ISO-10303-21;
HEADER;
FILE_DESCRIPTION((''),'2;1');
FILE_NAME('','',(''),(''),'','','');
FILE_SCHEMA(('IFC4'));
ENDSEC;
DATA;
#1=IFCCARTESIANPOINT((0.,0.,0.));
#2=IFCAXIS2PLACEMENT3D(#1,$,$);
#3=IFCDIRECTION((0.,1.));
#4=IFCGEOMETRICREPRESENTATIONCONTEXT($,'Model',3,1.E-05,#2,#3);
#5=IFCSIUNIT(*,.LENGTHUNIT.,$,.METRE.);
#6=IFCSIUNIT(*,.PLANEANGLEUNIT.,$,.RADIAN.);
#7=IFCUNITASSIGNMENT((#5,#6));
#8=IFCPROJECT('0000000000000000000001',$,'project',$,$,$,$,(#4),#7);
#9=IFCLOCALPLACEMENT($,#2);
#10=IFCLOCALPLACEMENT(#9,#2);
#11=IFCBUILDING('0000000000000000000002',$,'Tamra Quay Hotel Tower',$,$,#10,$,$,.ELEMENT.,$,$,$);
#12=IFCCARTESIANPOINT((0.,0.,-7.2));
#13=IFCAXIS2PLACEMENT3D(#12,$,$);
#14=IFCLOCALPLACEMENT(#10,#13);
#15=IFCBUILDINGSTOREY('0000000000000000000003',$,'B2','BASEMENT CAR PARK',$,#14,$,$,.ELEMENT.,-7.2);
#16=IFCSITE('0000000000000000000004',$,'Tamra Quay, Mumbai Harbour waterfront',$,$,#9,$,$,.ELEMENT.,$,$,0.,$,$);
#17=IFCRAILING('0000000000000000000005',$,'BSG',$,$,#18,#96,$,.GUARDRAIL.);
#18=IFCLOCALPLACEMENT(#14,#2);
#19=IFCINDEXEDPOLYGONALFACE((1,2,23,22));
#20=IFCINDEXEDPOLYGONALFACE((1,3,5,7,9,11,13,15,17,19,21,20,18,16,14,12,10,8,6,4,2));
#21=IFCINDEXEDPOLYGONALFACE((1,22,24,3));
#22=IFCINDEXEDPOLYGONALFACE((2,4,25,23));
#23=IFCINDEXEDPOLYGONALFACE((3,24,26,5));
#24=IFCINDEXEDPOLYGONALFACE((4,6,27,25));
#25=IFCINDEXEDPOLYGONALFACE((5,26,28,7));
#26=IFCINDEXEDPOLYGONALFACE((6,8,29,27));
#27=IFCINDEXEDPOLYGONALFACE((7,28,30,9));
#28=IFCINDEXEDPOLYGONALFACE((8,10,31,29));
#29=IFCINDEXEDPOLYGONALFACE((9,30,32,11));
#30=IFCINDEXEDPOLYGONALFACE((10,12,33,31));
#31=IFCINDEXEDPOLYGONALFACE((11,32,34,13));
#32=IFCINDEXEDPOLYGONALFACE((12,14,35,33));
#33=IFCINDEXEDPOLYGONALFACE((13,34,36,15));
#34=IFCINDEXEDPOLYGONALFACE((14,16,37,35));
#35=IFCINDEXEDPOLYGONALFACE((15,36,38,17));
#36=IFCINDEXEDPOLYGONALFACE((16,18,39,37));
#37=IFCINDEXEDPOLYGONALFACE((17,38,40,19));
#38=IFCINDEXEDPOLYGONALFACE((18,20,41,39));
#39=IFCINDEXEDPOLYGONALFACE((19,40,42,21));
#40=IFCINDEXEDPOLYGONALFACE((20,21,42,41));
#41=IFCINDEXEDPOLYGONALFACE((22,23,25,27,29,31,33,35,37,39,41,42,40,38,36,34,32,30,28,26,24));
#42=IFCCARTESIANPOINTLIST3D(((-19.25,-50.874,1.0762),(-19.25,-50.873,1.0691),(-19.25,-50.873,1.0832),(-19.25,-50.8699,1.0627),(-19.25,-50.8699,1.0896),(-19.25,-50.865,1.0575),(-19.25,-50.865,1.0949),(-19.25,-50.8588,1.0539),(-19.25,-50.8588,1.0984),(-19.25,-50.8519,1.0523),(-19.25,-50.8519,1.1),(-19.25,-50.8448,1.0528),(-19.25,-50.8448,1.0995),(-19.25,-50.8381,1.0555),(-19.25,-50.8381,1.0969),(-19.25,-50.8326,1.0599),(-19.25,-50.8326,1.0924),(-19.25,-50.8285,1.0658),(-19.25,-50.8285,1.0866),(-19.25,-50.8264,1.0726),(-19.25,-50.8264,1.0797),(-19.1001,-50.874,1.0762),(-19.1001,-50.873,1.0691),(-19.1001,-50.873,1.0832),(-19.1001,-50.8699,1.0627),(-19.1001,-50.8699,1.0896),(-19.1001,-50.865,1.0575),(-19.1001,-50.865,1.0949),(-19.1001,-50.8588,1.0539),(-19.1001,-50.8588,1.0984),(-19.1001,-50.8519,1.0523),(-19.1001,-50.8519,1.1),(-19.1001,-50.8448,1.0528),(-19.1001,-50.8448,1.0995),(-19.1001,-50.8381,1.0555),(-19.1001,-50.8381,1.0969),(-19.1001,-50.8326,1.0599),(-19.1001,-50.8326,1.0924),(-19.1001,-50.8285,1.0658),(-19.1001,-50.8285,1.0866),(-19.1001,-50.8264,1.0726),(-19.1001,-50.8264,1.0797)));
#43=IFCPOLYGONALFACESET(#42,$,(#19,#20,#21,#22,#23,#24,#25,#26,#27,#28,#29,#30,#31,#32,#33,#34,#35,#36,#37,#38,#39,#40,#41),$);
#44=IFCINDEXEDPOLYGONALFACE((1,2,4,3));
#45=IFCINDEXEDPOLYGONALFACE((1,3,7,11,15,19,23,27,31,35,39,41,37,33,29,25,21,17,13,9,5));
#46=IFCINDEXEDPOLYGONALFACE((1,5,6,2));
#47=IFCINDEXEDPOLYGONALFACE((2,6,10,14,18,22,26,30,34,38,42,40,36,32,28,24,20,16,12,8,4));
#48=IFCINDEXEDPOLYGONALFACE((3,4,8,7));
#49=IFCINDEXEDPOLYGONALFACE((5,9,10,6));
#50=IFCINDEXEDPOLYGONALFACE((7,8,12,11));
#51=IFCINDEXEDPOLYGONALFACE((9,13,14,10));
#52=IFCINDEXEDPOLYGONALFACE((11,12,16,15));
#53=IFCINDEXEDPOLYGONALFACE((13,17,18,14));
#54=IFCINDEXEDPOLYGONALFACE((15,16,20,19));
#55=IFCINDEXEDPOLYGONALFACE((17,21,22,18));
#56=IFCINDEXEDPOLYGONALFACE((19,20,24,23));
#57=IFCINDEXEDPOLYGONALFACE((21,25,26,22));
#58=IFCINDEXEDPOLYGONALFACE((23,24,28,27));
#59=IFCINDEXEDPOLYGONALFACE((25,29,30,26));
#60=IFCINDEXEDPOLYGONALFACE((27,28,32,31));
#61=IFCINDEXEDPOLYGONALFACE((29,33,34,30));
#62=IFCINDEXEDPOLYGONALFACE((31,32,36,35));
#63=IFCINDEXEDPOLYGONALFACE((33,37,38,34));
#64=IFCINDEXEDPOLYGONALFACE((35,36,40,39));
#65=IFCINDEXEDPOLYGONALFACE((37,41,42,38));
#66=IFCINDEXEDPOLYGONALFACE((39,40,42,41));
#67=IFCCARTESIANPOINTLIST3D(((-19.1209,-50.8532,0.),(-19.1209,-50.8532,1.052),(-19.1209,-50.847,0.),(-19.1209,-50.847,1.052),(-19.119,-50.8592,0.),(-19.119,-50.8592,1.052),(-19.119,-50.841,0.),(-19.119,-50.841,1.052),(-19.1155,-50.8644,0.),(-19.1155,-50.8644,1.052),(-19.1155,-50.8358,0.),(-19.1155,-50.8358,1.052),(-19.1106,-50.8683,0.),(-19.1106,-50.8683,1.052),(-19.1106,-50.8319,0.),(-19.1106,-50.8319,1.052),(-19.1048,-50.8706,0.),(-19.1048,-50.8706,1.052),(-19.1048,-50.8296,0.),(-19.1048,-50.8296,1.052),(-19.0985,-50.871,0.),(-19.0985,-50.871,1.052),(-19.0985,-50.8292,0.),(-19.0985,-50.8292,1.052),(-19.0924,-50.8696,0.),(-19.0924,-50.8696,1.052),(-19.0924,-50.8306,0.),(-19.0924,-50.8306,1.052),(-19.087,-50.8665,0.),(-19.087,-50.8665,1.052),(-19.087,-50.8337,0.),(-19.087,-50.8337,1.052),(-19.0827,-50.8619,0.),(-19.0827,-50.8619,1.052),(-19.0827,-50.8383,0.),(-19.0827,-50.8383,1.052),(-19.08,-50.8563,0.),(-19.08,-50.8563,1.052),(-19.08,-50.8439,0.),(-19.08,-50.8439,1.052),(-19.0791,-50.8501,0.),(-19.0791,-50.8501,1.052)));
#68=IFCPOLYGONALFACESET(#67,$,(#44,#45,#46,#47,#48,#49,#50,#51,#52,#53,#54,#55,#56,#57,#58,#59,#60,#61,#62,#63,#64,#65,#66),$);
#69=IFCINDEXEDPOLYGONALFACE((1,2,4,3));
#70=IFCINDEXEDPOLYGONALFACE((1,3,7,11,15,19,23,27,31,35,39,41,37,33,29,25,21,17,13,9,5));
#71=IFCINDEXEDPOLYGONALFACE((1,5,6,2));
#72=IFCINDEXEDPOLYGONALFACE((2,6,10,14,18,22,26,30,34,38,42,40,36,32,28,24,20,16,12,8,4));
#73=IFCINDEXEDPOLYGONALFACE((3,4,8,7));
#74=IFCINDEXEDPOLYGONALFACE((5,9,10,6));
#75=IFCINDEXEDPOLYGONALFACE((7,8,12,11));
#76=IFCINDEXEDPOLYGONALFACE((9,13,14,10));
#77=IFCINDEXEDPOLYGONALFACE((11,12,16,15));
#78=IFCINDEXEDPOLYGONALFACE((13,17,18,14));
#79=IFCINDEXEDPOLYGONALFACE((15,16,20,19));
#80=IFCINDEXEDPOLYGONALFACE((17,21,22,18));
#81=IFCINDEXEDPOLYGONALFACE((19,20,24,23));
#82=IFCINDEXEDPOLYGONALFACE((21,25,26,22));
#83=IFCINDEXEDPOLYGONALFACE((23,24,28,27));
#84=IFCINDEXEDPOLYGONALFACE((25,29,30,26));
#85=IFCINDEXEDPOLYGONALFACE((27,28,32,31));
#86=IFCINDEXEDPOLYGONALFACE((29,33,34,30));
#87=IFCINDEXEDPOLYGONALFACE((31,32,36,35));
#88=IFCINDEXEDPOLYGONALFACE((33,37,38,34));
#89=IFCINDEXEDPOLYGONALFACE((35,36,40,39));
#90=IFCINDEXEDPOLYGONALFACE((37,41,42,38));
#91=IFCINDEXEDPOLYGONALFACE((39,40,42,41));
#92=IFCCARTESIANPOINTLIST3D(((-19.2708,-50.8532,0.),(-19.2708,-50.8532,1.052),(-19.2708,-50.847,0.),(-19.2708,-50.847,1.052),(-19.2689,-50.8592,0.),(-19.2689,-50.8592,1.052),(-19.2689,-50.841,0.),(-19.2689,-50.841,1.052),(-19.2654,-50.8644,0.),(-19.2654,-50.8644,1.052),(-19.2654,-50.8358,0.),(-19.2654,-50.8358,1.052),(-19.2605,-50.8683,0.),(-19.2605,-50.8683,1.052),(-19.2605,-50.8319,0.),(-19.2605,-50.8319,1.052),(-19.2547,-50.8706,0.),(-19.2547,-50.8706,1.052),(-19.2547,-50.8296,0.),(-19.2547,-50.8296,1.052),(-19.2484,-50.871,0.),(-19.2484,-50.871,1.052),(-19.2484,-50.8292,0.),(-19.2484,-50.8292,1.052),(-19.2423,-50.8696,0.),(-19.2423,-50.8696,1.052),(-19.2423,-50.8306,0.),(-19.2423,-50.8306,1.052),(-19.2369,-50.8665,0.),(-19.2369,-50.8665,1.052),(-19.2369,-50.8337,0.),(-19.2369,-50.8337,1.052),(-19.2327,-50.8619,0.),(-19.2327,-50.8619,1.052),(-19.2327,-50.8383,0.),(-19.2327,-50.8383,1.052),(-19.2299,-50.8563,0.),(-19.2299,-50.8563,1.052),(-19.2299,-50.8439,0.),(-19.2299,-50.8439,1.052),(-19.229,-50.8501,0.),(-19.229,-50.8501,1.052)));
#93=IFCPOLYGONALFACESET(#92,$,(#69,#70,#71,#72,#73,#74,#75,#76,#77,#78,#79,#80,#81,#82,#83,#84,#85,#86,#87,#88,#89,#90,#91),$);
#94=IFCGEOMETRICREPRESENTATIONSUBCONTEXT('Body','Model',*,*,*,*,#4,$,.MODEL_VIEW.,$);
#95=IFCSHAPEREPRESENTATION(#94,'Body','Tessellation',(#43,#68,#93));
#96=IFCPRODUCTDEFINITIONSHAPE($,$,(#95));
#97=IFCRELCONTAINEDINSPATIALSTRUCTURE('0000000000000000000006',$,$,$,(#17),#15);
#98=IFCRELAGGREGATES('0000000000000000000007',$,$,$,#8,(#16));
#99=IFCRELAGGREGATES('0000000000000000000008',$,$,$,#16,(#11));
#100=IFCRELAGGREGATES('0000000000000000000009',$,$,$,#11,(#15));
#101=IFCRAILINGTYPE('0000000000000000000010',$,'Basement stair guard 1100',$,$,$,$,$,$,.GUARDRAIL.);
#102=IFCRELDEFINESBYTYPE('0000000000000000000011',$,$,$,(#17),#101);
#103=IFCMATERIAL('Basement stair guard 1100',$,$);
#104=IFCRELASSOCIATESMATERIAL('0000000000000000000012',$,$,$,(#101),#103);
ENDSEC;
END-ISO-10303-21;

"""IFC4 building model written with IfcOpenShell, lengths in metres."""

from ifc_helpers import new_model, si_unit, direction, frame, origin, origin_2d, place, context, subcontext, project, spatial, circle, extrude, material, type_object, element, save


model = new_model("IFC4")

# Units and contexts
model_context = context("Model", 3, precision=1e-05, world=origin(), true_north=direction((0.0, 1.0)))
body_context = subcontext(model_context, "Body", "Model", "MODEL_VIEW")
ifc_project = project(units=[si_unit("LENGTHUNIT", "METRE"), si_unit("PLANEANGLEUNIT", "RADIAN")], contexts=[model_context])

# Site, building, storey
site_placement = place(None, origin())
site = spatial("IfcSite", under=ifc_project, at=site_placement, Name="Tamra Quay, Mumbai Harbour waterfront", CompositionType="ELEMENT", RefElevation=0.0)
building_placement = place(site_placement, origin())
building = spatial("IfcBuilding", under=site, at=building_placement, Name="Tamra Quay Hotel Tower", CompositionType="ELEMENT")
storey_placement = place(building_placement, frame((0.0, 0.0, -7.2)))
storey = spatial("IfcBuildingStorey", under=building, at=storey_placement, Name="B2", Description="BASEMENT CAR PARK", CompositionType="ELEMENT", Elevation=-7.2)

# Railing
ifc_material_1 = material(Name="Basement stair guard 1100")
railing_type_1 = type_object("IfcRailingType", Name="Basement stair guard 1100", PredefinedType="GUARDRAIL", material=ifc_material_1)
railing_1_placement = place(storey_placement, frame((-19.1001, -50.8501, 0.0)))
element("IfcRailing", 1, at=railing_1_placement, inside=storey, type_object=railing_type_1, Name="BSG", PredefinedType="GUARDRAIL", context=body_context, shape_type="SweptSolid", body=[
    extrude(circle(Radius=0.0239, at=origin_2d()), frame((0.0, 0.0, 1.0762), z_axis=(-1.0, 0.0, 0.0), x_axis=(0.0, -1.0, 0.0)), (0.0, 0.0, 1.0), 0.1499),
    extrude(circle(Radius=0.021, at=origin_2d()), origin(), (0.0, 0.0, 1.0), 1.052),
    extrude(circle(Radius=0.021, at=origin_2d()), frame((-0.1499, 0.0, 0.0)), (0.0, 0.0, 1.0), 1.052),
])

save(model, "model.ifc")
